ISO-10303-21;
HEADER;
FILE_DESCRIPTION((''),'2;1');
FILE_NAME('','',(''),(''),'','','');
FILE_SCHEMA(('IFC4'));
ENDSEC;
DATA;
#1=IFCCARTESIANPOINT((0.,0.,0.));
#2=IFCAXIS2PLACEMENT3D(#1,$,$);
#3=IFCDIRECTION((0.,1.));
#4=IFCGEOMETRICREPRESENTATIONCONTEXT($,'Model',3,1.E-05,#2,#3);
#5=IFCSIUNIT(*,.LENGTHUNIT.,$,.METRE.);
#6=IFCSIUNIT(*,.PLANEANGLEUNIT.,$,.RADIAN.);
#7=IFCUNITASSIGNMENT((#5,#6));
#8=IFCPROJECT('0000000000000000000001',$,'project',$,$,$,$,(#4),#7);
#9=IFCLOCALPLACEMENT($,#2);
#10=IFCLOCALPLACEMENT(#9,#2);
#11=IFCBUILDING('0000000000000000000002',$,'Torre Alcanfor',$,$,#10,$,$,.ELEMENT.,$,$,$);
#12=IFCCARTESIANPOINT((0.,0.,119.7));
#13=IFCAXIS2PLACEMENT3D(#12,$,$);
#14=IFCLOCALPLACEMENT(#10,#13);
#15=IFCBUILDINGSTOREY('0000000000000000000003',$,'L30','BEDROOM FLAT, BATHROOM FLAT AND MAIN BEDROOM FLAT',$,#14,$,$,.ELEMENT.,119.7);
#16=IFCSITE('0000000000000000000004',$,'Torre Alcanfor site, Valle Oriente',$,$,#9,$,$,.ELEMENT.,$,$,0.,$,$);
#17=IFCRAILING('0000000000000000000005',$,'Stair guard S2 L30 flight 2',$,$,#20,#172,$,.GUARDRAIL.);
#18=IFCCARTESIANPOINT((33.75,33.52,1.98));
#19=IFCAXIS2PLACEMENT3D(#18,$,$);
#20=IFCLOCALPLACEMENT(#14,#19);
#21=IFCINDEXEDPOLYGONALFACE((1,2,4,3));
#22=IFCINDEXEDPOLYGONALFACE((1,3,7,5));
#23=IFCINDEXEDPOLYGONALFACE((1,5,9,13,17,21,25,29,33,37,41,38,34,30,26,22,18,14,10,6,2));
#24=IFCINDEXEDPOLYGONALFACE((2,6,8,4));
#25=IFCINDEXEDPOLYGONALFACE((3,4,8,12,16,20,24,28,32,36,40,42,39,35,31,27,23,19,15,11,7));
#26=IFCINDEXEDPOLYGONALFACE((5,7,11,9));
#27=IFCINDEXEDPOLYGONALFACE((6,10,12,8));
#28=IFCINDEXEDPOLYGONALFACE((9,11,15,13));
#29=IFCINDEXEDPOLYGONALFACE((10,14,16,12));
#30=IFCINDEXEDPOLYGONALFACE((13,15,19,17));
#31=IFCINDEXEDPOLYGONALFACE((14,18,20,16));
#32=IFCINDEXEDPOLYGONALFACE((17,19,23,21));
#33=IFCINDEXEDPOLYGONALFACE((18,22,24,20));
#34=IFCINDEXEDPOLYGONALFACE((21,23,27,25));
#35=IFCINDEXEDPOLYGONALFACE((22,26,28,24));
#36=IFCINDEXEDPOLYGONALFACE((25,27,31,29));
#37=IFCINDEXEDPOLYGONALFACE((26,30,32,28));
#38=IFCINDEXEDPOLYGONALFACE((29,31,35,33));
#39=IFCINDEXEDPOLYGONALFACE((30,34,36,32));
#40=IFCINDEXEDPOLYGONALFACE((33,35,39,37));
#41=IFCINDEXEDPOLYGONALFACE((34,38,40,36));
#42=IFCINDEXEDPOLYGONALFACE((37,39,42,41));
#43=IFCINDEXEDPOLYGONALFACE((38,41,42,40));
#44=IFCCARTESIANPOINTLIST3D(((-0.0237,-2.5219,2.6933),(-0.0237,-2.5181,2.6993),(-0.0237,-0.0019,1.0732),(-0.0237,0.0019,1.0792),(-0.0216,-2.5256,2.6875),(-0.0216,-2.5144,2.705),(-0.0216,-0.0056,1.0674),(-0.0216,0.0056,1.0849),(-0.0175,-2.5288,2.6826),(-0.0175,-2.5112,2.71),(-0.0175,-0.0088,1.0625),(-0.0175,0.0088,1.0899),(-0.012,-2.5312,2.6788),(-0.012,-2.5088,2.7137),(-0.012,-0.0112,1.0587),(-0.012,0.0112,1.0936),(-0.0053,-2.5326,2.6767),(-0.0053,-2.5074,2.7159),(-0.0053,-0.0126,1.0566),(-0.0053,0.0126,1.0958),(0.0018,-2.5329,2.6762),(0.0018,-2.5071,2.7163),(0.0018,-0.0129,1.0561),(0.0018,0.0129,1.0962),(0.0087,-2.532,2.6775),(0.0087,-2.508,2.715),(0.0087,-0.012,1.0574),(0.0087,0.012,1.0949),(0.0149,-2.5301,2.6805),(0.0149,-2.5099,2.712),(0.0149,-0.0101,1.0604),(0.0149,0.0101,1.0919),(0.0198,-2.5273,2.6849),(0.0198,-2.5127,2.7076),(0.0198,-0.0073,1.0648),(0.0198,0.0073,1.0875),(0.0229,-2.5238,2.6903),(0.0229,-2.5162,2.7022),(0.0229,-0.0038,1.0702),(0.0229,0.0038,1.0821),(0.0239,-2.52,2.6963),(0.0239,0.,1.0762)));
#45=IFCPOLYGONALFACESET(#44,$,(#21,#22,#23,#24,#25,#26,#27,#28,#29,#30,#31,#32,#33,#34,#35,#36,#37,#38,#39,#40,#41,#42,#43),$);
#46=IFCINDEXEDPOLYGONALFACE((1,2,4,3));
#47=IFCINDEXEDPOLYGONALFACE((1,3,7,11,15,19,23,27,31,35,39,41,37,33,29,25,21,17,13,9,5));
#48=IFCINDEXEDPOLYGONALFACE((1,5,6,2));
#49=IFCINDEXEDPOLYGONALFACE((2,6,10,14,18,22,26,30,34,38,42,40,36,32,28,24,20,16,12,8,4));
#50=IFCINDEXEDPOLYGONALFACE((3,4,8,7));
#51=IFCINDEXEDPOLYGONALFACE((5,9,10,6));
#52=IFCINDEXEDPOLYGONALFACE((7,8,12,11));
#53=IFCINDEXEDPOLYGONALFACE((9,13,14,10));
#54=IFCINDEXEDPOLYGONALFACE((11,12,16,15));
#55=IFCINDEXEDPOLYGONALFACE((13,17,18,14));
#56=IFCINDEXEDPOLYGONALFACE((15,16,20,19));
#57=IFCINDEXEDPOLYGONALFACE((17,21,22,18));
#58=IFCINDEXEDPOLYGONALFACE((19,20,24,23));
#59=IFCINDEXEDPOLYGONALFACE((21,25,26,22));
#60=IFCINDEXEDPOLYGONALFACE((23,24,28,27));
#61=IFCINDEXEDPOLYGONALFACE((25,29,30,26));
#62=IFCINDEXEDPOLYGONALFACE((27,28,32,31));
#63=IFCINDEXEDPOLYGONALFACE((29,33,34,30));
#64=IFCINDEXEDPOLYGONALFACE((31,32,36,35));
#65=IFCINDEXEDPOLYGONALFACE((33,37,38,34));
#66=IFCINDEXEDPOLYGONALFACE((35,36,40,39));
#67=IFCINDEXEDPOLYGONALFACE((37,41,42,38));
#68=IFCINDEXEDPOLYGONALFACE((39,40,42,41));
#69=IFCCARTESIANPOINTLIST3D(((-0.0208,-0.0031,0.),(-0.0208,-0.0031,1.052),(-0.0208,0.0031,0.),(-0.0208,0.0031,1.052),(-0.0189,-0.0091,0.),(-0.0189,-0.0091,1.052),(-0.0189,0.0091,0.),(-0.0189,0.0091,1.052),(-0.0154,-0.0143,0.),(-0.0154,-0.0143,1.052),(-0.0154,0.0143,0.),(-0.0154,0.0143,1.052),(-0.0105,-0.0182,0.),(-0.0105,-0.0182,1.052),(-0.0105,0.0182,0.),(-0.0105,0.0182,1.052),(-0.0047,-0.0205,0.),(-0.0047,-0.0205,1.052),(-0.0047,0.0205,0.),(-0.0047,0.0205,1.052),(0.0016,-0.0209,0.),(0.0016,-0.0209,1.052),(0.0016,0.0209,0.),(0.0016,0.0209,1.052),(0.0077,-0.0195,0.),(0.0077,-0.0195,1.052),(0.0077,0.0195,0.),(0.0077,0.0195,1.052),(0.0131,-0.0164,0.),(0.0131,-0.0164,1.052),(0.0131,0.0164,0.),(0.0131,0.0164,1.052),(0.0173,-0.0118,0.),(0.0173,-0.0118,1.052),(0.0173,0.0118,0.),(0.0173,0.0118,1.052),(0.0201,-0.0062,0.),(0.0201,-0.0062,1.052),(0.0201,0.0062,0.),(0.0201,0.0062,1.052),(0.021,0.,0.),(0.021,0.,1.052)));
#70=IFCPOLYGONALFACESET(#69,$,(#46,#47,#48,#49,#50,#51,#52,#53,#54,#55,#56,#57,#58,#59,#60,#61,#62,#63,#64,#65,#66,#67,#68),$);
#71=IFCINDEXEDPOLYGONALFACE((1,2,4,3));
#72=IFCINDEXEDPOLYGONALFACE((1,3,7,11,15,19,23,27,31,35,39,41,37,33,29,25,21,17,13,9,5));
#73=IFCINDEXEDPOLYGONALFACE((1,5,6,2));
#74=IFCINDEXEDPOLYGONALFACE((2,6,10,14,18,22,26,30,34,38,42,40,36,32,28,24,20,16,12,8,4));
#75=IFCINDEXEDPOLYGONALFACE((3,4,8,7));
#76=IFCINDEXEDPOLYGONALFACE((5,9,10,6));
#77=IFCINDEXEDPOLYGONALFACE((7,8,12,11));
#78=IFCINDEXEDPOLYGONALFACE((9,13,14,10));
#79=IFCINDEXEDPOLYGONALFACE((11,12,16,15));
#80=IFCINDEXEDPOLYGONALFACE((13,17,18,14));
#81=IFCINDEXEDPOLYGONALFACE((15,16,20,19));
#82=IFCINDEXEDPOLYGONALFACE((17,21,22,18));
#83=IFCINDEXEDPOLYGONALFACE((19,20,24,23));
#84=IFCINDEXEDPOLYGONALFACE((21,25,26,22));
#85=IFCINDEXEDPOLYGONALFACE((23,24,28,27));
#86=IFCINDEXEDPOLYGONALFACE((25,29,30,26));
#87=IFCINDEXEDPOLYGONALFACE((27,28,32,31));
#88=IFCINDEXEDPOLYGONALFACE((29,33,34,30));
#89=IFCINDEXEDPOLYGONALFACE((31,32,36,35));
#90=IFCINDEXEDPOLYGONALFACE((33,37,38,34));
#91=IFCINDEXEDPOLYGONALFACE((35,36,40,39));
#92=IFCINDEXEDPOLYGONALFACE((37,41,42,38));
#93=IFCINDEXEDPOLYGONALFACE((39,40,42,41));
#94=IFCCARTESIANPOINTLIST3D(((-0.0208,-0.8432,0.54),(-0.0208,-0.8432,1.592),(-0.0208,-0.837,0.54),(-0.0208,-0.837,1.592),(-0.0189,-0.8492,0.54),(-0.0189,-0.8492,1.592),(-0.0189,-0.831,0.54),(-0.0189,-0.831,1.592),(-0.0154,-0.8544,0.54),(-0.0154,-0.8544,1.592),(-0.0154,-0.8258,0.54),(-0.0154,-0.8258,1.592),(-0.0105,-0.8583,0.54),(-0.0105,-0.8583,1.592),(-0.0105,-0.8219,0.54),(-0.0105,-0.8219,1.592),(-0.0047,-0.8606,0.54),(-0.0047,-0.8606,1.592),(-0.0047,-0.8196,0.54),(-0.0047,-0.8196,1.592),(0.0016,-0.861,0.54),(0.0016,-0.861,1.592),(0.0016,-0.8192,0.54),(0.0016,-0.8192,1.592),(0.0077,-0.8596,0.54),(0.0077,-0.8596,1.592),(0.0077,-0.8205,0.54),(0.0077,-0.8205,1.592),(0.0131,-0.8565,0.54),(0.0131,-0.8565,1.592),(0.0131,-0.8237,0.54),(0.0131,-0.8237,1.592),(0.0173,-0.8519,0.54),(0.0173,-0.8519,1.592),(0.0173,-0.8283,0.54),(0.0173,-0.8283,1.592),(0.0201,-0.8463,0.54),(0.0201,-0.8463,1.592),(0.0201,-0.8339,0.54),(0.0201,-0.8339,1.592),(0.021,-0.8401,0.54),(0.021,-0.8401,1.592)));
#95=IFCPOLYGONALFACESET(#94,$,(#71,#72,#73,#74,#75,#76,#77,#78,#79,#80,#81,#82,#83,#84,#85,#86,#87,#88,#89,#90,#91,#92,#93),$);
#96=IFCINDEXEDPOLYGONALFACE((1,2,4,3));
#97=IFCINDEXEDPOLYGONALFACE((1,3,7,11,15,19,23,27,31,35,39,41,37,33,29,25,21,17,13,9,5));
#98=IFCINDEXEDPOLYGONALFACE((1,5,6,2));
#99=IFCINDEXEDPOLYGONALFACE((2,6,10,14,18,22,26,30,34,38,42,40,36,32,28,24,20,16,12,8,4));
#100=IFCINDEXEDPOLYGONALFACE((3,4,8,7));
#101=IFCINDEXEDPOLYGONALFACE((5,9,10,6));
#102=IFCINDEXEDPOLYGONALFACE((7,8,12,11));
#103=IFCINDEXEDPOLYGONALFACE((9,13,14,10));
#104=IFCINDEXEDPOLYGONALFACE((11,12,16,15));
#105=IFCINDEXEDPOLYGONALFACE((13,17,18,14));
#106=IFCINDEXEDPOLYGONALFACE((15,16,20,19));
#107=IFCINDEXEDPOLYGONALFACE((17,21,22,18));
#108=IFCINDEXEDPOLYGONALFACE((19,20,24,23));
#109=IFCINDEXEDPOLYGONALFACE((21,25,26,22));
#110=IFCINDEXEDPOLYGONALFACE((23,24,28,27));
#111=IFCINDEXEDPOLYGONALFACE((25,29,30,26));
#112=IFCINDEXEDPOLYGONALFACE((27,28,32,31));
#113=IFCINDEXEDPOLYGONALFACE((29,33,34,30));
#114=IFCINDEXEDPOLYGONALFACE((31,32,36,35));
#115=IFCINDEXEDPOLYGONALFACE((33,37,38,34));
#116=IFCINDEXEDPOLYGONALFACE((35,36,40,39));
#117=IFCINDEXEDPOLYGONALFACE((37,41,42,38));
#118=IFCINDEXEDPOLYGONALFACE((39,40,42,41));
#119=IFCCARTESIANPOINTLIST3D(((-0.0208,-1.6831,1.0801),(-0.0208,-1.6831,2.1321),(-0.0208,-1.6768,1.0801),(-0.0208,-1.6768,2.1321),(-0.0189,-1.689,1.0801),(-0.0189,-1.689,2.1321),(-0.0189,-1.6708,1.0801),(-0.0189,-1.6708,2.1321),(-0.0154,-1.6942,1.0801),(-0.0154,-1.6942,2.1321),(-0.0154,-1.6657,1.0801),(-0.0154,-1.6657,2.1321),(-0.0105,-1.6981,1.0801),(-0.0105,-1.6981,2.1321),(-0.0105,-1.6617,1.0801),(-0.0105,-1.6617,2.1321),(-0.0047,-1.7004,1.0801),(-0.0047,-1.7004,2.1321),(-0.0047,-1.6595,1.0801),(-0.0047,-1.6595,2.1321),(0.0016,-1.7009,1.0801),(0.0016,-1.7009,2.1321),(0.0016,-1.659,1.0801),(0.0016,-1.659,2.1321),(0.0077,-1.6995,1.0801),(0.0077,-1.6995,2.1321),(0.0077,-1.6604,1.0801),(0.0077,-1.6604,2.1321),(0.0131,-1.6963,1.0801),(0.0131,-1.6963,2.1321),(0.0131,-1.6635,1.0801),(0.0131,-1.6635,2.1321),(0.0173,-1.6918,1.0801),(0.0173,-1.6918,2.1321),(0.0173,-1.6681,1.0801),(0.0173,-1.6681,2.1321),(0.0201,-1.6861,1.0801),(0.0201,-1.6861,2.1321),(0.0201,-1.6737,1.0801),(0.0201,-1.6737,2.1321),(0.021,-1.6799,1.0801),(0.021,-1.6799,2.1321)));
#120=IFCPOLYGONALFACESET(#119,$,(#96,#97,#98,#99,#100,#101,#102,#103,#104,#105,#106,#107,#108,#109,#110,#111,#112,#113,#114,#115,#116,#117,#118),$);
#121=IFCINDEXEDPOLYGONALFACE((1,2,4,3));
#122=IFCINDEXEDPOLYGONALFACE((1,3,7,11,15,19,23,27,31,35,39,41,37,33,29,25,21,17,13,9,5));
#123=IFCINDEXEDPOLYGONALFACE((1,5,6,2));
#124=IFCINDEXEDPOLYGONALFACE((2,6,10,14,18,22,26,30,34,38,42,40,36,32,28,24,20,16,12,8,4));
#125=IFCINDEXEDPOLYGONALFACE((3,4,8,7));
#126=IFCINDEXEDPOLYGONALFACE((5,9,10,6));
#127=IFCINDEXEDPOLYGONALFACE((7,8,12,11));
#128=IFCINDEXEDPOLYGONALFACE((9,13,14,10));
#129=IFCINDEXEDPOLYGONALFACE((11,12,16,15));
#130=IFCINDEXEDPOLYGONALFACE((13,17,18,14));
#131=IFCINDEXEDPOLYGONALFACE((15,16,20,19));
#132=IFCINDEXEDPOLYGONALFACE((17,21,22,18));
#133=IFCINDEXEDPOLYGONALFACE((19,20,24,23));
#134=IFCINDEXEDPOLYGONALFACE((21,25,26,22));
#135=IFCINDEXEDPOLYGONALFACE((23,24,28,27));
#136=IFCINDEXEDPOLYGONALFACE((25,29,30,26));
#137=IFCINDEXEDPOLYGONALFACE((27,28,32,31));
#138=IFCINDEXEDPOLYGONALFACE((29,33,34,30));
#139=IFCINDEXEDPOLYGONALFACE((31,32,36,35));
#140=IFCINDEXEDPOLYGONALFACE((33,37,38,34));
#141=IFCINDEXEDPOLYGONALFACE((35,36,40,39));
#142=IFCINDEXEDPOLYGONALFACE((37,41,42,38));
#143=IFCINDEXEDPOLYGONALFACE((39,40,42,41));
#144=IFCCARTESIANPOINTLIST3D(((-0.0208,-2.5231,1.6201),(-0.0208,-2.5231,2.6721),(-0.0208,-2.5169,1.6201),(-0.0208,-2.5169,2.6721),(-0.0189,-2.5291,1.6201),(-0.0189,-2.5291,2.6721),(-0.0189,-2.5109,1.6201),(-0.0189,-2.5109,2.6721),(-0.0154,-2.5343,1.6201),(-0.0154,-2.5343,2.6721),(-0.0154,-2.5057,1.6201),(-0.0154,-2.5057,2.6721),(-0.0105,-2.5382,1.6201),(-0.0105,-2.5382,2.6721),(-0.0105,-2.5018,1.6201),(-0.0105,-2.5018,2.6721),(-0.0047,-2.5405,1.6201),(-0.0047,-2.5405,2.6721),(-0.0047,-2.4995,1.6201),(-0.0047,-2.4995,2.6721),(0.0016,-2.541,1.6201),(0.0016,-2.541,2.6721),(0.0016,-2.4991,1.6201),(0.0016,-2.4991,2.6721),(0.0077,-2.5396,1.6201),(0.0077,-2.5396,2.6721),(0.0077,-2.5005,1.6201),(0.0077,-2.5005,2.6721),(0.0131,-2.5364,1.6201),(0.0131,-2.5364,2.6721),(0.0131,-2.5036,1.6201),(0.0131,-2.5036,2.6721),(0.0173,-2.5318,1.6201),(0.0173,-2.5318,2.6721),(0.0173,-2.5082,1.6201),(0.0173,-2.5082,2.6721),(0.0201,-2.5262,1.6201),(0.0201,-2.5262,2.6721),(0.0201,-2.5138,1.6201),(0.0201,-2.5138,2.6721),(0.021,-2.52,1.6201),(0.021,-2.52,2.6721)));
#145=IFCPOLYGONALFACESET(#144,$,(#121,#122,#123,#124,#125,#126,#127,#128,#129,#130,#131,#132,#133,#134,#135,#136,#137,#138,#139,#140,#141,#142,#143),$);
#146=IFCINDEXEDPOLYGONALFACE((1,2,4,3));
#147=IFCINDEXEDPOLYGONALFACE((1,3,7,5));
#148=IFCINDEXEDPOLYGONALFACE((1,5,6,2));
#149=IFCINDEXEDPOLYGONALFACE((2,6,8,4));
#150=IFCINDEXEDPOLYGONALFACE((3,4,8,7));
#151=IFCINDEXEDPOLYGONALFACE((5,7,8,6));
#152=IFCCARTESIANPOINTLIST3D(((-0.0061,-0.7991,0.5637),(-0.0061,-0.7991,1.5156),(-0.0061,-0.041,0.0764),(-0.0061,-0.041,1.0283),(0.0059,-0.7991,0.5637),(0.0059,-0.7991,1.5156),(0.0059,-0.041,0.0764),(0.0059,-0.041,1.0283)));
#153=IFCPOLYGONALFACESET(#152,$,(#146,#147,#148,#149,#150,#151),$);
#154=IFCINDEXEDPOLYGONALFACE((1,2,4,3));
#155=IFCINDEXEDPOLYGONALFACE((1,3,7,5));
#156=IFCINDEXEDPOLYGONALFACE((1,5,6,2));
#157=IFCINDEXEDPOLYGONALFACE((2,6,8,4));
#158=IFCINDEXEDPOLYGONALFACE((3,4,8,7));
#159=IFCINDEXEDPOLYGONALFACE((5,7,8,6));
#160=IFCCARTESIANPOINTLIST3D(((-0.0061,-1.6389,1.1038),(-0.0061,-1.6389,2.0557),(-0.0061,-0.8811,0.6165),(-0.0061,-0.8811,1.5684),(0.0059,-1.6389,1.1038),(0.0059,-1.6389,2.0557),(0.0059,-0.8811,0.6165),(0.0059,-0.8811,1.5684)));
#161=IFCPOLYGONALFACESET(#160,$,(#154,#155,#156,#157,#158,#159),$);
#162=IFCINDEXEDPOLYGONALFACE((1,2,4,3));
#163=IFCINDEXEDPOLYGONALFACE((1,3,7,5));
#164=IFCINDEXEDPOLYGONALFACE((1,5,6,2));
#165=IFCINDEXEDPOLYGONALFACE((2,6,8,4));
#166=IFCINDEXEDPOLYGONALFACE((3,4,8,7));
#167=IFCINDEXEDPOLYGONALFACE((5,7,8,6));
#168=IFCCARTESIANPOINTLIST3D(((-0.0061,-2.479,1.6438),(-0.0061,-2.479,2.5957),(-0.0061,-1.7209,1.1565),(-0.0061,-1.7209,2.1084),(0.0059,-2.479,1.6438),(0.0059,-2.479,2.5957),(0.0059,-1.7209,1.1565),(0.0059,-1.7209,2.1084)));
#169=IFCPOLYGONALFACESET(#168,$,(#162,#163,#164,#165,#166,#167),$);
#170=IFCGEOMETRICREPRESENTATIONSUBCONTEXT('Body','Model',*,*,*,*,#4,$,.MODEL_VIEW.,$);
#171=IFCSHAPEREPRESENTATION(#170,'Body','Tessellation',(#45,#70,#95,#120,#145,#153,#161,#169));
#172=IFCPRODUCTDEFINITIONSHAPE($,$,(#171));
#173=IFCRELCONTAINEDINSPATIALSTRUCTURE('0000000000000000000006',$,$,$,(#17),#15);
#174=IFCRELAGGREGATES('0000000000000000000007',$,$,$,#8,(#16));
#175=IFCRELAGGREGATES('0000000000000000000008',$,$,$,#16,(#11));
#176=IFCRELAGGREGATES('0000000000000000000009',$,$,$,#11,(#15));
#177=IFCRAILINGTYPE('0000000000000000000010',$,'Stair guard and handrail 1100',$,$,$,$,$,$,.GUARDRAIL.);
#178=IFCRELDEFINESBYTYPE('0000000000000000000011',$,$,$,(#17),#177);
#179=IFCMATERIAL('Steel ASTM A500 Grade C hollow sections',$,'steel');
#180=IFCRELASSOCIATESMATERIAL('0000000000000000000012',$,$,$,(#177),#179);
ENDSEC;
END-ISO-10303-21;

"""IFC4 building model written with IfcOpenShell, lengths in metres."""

from ifc_helpers import new_model, si_unit, direction, frame, origin, origin_2d, place, context, subcontext, project, spatial, polyline, circle, outline, extrude, material, type_object, element, save


model = new_model("IFC4")

# Units and contexts
model_context = context("Model", 3, precision=1e-05, world=origin(), true_north=direction((0.0, 1.0)))
body_context = subcontext(model_context, "Body", "Model", "MODEL_VIEW")
ifc_project = project(units=[si_unit("LENGTHUNIT", "METRE"), si_unit("PLANEANGLEUNIT", "RADIAN")], contexts=[model_context])

# Site, building, storey
site_placement = place(None, origin())
site = spatial("IfcSite", under=ifc_project, at=site_placement, Name="Torre Alcanfor site, Valle Oriente", CompositionType="ELEMENT", RefElevation=0.0)
building_placement = place(site_placement, origin())
building = spatial("IfcBuilding", under=site, at=building_placement, Name="Torre Alcanfor", CompositionType="ELEMENT")
storey_placement = place(building_placement, frame((0.0, 0.0, 119.7)))
storey = spatial("IfcBuildingStorey", under=building, at=storey_placement, Name="L30", Description="BEDROOM FLAT, BATHROOM FLAT AND MAIN BEDROOM FLAT", CompositionType="ELEMENT", Elevation=119.7)

# Railing
ifc_material_1 = material(Name="Steel ASTM A500 Grade C hollow sections", Category="steel")
railing_type_1 = type_object("IfcRailingType", Name="Stair guard and handrail 1100", PredefinedType="GUARDRAIL", material=ifc_material_1)
railing_1_placement = place(storey_placement, frame((33.75, 33.52, 1.98)))
element("IfcRailing", 1, at=railing_1_placement, inside=storey, type_object=railing_type_1, Name="Stair guard S2 L30 flight 2", PredefinedType="GUARDRAIL", context=body_context, shape_type="SweptSolid", body=[
    extrude(circle(Radius=0.0239, at=origin_2d()), frame((0.0, 0.0, 1.0762), z_axis=(0.0, -0.841163, 0.540782), x_axis=(1.0, 0.0, 0.0)), (0.0, 0.0, 1.0), 2.9958),
    extrude(circle(Radius=0.021, at=origin_2d()), origin(), (0.0, 0.0, 1.0), 1.052),
    extrude(circle(Radius=0.021, at=origin_2d()), frame((0.0, -0.8401, 0.54)), (0.0, 0.0, 1.0), 1.052),
    extrude(circle(Radius=0.021, at=origin_2d()), frame((0.0, -1.6799, 1.0801)), (0.0, 0.0, 1.0), 1.052),
    extrude(circle(Radius=0.021, at=origin_2d()), frame((0.0, -2.52, 1.6201)), (0.0, 0.0, 1.0), 1.052),
    extrude(outline(polyline([(0.041, 0.0764), (0.7991, 0.5637), (0.7991, 1.5156), (0.041, 1.0283), (0.041, 0.0764)])), frame((0.0059, 0.0, 0.0), z_axis=(-1.0, 0.0, 0.0), x_axis=(0.0, -1.0, 0.0)), (0.0, 0.0, 1.0), 0.012),
    extrude(outline(polyline([(0.8811, 0.6165), (1.6389, 1.1038), (1.6389, 2.0557), (0.8811, 1.5684), (0.8811, 0.6165)])), frame((0.0059, 0.0, 0.0), z_axis=(-1.0, 0.0, 0.0), x_axis=(0.0, -1.0, 0.0)), (0.0, 0.0, 1.0), 0.012),
    extrude(outline(polyline([(1.7209, 1.1565), (2.479, 1.6438), (2.479, 2.5957), (1.7209, 2.1084), (1.7209, 1.1565)])), frame((0.0059, 0.0, 0.0), z_axis=(-1.0, 0.0, 0.0), x_axis=(0.0, -1.0, 0.0)), (0.0, 0.0, 1.0), 0.012),
])

save(model, "model.ifc")
